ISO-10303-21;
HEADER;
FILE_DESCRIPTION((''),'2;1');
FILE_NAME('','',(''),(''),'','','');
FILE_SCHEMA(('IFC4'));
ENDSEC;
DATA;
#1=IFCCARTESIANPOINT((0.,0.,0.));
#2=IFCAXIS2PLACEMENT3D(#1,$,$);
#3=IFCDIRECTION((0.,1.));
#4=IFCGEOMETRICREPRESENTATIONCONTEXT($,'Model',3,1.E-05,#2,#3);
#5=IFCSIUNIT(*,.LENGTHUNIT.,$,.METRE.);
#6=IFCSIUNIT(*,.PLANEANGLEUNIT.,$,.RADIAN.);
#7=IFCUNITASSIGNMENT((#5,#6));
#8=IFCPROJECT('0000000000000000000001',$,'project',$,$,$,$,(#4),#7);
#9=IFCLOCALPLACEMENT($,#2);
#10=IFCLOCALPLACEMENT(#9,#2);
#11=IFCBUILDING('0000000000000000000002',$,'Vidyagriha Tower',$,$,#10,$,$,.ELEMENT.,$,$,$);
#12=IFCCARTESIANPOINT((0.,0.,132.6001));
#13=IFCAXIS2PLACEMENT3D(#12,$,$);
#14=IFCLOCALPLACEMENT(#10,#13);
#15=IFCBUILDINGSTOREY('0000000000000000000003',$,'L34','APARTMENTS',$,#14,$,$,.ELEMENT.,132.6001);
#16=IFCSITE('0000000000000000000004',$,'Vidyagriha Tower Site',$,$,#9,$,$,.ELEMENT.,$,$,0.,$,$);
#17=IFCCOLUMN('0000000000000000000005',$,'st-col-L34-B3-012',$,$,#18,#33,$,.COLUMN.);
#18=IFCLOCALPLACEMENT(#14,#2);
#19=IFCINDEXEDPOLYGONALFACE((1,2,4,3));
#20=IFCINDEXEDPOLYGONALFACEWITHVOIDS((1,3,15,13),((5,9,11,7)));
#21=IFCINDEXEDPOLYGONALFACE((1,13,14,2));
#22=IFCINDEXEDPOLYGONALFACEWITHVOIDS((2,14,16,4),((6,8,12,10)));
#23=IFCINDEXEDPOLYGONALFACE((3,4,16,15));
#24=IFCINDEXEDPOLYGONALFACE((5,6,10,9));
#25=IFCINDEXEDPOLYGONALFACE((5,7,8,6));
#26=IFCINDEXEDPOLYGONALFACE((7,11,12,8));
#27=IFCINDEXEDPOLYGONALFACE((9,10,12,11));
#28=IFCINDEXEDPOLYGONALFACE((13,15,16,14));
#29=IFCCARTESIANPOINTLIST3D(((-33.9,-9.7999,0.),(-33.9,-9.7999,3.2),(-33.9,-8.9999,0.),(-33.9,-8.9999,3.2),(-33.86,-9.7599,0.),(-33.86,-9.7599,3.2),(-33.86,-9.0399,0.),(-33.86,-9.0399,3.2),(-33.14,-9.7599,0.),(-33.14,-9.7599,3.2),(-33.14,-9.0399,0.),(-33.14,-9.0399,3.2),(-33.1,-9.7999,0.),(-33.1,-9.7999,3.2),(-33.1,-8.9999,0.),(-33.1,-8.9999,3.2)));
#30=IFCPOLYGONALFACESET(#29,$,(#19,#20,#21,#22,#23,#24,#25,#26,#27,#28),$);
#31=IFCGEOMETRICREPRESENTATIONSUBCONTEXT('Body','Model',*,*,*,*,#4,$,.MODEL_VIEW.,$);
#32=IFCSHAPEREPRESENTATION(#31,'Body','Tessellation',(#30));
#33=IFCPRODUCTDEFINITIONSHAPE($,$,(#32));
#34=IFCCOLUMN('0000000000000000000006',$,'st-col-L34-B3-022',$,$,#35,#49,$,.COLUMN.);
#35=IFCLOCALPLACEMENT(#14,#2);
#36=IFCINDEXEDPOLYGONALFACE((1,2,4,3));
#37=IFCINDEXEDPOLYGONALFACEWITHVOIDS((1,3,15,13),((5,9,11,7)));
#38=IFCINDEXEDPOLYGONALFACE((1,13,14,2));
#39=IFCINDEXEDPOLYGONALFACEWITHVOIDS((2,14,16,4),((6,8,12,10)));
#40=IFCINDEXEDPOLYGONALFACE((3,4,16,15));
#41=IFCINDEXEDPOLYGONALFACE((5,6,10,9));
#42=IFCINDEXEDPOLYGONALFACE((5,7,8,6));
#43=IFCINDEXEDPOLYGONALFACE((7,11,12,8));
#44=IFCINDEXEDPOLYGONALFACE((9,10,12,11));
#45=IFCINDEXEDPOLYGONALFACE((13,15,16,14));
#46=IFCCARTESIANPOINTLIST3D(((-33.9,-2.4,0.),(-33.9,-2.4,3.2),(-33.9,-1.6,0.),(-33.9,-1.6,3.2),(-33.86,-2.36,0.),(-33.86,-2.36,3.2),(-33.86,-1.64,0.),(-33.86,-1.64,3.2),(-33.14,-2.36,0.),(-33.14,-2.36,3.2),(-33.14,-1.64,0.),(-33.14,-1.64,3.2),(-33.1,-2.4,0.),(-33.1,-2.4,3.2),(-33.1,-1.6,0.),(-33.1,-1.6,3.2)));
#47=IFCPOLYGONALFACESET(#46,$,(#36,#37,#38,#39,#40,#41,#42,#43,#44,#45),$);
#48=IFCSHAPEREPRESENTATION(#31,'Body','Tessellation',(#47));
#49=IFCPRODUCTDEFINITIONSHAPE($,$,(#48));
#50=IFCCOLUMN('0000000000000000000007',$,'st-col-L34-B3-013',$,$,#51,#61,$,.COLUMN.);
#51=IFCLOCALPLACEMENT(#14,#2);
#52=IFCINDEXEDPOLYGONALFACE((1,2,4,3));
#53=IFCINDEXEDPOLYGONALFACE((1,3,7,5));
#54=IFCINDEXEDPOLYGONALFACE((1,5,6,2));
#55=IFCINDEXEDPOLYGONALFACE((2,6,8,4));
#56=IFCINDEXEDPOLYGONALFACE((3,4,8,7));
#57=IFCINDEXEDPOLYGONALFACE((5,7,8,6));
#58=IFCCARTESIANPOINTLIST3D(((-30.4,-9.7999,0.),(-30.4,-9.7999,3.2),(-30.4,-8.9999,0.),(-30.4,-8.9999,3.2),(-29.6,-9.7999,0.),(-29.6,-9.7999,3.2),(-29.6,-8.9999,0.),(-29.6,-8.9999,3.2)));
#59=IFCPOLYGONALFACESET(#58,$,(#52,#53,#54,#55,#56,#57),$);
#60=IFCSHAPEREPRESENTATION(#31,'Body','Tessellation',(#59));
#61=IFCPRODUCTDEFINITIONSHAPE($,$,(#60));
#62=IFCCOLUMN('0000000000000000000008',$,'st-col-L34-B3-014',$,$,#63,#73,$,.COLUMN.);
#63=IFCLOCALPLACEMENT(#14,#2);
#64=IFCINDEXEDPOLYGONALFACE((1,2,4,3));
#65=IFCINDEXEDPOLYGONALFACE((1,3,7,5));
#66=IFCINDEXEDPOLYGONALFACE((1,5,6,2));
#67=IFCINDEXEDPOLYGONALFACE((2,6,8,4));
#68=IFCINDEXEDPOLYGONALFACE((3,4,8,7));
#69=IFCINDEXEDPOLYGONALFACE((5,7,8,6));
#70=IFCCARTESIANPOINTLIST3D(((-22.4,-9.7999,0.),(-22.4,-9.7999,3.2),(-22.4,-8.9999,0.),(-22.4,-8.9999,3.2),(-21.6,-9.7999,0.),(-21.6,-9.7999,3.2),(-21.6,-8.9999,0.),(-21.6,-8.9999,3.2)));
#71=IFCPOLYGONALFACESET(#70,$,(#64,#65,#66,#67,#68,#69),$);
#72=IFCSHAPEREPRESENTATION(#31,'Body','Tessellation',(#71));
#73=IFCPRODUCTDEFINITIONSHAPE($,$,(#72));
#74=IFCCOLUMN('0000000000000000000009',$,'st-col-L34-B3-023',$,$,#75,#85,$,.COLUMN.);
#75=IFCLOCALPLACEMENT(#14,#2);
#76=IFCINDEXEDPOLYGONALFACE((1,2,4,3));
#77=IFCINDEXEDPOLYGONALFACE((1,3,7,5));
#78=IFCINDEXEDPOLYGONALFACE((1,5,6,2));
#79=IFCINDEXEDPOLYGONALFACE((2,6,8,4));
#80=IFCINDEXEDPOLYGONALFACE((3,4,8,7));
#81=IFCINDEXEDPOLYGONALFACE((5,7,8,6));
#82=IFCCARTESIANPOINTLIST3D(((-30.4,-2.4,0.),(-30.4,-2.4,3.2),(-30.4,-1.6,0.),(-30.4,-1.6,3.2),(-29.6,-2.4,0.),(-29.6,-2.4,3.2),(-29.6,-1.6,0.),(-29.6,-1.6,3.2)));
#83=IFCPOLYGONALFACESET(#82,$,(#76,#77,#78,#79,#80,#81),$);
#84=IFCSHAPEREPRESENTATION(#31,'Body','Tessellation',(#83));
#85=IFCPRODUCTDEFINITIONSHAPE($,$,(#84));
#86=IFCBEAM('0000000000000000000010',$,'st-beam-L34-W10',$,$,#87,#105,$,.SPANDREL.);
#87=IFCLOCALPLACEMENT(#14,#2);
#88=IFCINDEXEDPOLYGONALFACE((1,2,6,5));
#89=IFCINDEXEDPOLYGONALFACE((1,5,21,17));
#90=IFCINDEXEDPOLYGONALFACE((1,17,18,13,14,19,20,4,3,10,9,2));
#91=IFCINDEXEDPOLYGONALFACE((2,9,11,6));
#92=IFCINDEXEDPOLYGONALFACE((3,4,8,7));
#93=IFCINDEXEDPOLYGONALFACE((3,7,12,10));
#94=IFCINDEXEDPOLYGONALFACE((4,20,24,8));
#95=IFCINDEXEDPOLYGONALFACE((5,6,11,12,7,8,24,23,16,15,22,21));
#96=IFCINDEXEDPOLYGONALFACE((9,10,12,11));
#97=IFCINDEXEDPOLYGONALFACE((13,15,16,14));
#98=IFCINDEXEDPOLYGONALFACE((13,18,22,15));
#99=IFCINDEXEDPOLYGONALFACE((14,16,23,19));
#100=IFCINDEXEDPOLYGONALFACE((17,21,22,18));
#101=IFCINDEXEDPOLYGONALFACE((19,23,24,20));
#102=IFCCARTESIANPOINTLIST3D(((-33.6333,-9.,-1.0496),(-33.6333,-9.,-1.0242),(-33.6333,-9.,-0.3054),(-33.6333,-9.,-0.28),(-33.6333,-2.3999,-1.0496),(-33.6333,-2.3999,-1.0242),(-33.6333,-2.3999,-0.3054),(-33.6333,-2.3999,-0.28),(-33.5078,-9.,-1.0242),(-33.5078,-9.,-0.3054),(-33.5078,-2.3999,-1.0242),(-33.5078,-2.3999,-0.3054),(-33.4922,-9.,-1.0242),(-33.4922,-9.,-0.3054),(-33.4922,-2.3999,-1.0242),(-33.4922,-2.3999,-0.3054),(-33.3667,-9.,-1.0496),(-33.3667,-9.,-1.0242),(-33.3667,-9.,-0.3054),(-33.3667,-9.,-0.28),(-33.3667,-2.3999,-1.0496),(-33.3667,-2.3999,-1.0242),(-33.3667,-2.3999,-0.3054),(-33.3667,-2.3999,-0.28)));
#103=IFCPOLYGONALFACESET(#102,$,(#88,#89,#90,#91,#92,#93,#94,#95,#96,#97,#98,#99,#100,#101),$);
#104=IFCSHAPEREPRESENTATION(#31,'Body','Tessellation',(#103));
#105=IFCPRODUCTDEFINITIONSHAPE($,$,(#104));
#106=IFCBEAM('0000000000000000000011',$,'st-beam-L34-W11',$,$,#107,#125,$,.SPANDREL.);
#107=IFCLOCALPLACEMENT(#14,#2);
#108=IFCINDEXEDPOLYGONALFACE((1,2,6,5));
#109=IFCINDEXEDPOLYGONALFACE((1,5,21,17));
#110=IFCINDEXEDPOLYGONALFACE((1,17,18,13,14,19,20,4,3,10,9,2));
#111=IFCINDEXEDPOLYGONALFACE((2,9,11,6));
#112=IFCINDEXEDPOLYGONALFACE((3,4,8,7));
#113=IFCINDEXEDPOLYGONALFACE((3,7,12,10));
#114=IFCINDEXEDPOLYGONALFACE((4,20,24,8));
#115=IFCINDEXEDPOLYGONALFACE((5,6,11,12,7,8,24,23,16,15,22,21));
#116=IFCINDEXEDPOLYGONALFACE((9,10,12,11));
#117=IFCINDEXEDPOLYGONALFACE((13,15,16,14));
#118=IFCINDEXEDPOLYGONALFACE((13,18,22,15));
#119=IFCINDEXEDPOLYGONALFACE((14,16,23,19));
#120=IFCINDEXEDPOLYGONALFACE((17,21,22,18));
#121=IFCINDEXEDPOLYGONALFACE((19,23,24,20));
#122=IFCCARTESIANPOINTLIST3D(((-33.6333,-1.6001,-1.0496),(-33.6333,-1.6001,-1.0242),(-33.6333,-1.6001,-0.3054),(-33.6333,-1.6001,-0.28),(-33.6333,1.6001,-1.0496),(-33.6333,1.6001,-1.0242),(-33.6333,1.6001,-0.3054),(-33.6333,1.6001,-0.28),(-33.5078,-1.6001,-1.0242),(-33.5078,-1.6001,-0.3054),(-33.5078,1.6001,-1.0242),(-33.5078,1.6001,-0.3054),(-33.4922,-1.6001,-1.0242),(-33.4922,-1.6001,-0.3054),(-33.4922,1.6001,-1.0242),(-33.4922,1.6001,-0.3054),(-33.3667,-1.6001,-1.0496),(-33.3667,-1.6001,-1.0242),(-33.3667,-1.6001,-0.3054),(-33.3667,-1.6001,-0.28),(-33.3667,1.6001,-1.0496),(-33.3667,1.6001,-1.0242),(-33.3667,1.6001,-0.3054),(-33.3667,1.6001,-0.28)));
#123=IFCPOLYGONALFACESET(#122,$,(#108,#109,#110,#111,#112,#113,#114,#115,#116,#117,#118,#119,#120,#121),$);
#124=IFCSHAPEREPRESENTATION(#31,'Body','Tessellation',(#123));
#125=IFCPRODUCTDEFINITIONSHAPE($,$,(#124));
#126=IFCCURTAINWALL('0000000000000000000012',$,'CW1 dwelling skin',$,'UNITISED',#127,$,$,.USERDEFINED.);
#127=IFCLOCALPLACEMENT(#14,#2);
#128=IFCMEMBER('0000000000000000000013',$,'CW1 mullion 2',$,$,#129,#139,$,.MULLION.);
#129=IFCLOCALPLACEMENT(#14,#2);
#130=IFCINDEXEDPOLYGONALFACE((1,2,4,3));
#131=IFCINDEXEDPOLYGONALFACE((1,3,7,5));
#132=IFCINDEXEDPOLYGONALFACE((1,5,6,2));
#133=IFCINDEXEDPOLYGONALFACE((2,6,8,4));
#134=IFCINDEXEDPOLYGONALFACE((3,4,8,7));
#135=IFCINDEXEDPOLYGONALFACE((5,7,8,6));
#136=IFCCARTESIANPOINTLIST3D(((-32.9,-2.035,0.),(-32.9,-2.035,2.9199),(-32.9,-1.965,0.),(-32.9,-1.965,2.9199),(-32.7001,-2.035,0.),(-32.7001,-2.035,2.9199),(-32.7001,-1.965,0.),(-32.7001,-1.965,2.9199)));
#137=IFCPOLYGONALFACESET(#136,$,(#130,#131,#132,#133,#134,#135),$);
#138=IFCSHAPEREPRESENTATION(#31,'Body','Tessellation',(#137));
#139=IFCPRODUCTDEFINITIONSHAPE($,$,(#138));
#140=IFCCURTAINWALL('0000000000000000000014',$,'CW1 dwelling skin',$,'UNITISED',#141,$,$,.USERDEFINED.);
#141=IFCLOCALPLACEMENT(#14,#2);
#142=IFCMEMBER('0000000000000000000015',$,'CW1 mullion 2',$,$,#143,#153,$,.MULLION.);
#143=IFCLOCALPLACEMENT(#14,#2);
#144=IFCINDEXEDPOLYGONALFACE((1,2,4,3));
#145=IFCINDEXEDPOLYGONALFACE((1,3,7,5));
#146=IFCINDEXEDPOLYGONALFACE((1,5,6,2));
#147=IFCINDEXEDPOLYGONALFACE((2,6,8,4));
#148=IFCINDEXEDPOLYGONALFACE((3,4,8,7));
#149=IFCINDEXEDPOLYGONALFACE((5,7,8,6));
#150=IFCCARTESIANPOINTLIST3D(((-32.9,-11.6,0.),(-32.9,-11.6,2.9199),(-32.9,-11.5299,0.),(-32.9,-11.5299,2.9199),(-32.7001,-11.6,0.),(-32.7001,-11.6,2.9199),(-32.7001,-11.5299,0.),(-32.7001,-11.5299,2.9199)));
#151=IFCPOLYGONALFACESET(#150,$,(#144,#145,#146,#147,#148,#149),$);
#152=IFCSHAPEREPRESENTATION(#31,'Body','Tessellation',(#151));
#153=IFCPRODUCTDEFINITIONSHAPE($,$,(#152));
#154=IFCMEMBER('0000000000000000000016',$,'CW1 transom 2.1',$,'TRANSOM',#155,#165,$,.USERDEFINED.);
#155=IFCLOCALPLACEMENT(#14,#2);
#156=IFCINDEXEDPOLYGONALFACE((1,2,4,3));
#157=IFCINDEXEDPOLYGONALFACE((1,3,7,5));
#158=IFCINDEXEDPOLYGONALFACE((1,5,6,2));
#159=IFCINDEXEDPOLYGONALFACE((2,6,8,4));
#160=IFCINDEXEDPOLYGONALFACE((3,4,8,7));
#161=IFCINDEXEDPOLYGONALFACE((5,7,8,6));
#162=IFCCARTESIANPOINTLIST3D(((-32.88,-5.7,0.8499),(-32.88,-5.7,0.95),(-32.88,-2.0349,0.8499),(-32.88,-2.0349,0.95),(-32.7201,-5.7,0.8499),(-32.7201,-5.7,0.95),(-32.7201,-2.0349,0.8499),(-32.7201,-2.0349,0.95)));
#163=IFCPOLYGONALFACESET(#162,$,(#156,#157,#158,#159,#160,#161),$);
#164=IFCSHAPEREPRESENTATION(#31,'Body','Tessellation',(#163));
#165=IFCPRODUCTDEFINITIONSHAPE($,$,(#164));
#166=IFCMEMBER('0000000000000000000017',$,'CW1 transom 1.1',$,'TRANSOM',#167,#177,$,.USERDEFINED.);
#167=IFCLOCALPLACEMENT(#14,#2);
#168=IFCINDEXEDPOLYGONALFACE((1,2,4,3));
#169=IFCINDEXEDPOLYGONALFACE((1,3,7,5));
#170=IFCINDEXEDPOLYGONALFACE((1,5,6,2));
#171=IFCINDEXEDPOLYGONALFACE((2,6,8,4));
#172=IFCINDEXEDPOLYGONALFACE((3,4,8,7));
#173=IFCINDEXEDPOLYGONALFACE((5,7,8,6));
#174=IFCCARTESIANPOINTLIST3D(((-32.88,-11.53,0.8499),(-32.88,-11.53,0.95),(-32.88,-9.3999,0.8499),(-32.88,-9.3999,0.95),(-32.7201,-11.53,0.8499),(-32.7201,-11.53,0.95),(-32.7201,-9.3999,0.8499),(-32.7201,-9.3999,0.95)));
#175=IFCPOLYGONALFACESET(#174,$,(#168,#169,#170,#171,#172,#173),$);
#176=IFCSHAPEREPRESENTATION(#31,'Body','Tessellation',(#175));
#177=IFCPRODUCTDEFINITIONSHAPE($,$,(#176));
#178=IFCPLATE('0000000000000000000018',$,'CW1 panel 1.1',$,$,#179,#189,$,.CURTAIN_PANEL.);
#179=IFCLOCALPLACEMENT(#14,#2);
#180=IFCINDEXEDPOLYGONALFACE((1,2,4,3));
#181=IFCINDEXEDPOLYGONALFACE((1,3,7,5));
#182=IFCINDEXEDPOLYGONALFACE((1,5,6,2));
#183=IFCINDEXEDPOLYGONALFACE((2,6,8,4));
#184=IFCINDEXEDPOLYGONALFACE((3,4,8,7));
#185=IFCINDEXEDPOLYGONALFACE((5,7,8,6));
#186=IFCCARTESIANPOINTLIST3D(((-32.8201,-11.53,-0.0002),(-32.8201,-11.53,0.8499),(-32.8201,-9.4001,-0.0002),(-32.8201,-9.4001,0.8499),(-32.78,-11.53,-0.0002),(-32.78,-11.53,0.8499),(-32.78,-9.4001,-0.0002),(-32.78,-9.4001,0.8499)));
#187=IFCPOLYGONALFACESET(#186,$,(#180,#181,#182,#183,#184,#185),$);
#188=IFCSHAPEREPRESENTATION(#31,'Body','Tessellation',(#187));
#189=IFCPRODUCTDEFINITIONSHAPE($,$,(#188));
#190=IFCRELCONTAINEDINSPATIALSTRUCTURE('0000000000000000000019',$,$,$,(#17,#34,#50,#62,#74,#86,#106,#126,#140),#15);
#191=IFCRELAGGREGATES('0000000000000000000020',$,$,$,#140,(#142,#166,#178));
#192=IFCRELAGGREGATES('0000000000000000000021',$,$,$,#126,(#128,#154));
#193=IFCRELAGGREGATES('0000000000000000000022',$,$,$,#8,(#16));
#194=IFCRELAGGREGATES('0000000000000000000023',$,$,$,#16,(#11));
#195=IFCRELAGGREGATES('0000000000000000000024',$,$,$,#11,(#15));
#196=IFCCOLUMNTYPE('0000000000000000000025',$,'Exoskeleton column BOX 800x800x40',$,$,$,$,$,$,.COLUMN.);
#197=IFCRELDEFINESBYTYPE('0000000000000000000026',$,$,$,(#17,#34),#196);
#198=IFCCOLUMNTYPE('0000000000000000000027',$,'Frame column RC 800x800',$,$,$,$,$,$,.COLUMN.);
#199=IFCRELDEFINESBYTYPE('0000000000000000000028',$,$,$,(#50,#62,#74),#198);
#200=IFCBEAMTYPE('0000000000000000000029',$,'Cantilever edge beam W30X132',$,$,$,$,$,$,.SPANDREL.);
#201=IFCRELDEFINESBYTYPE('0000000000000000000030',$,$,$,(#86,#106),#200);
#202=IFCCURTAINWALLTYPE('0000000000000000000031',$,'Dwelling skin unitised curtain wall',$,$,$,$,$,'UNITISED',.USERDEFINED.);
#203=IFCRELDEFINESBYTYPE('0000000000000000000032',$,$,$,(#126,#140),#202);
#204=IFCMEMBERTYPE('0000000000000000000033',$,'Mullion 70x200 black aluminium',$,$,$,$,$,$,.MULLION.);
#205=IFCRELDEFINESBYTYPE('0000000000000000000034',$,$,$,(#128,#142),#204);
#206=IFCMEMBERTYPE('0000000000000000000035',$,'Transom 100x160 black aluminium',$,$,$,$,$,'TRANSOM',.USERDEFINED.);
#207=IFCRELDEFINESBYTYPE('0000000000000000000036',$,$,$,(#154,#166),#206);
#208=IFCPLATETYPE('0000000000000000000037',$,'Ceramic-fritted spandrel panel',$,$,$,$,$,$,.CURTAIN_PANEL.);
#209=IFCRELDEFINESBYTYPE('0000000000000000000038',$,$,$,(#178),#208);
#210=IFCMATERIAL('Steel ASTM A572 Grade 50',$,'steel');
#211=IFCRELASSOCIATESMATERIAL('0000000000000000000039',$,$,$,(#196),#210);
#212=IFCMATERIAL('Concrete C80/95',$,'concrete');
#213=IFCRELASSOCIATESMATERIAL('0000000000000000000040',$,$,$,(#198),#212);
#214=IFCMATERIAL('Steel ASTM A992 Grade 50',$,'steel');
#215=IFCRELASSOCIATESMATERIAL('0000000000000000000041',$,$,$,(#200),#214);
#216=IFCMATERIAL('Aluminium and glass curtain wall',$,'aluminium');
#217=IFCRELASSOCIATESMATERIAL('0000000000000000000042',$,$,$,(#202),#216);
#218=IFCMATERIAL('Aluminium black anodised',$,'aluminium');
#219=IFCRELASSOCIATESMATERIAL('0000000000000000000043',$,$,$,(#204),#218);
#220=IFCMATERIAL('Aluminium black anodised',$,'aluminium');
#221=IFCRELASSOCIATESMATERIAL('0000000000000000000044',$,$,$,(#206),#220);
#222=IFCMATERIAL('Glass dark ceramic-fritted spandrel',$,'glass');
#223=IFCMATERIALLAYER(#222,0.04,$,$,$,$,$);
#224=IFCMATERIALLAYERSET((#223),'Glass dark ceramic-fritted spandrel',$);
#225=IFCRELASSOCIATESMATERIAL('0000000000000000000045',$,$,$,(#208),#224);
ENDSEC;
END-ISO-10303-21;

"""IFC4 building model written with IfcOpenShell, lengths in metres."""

from ifc_helpers import new_model, si_unit, direction, frame, origin, origin_2d, place, context, subcontext, project, spatial, rectangle, hollow_rectangle, i_section, extrude, material, layer, layer_set, material_profile, profile_set, type_object, element, aggregate, save


model = new_model("IFC4")

# Units and contexts
model_context = context("Model", 3, precision=1e-05, world=origin(), true_north=direction((0.0, 1.0)))
body_context = subcontext(model_context, "Body", "Model", "MODEL_VIEW")
ifc_project = project(units=[si_unit("LENGTHUNIT", "METRE"), si_unit("PLANEANGLEUNIT", "RADIAN")], contexts=[model_context])

# Site, building, storey
site_placement = place(None, origin())
site = spatial("IfcSite", under=ifc_project, at=site_placement, Name="Vidyagriha Tower Site", CompositionType="ELEMENT", RefElevation=0.0)
building_placement = place(site_placement, origin())
building = spatial("IfcBuilding", under=site, at=building_placement, Name="Vidyagriha Tower", CompositionType="ELEMENT")
storey_placement = place(building_placement, frame((0.0, 0.0, 132.6001)))
storey = spatial("IfcBuildingStorey", under=building, at=storey_placement, Name="L34", Description="APARTMENTS", CompositionType="ELEMENT", Elevation=132.6001)

# Columns
ifc_material_1 = material(Name="Steel ASTM A572 Grade 50", Category="steel")
ifc_material_profile_1 = material_profile(ifc_material_1, hollow_rectangle(XDim=0.8, YDim=0.8, WallThickness=0.04, at=origin_2d()), Name="BOX 800x800x40")
ifc_profile_set_1 = profile_set([ifc_material_profile_1], Name="Steel ASTM A572 Grade 50")
column_type_1 = type_object("IfcColumnType", Name="Exoskeleton column BOX 800x800x40", PredefinedType="COLUMN", material=ifc_profile_set_1)
for number, where, name in (
    (1, (-33.5, -9.3999, 0.0), "st-col-L34-B3-012"),
    (2, (-33.5, -2.0, 0.0), "st-col-L34-B3-022"),
):
    element("IfcColumn", number, at=place(storey_placement, frame(where)), inside=storey, type_object=column_type_1, Name=name, PredefinedType="COLUMN", context=body_context, shape_type="SweptSolid", body=[
        extrude(hollow_rectangle(XDim=0.8, YDim=0.8, WallThickness=0.04, at=origin_2d()), origin(), (0.0, 0.0, 1.0), 3.2),
    ])
ifc_material_2 = material(Name="Concrete C80/95", Category="concrete")
ifc_material_profile_2 = material_profile(ifc_material_2, rectangle(XDim=0.8, YDim=0.8, at=origin_2d()), Name="RC 800x800")
ifc_profile_set_2 = profile_set([ifc_material_profile_2], Name="Concrete C80/95")
column_type_2 = type_object("IfcColumnType", Name="Frame column RC 800x800", PredefinedType="COLUMN", material=ifc_profile_set_2)
for number, where, name in (
    (3, (-30.0, -9.3999, 0.0), "st-col-L34-B3-013"),
    (4, (-22.0, -9.3999, 0.0), "st-col-L34-B3-014"),
    (5, (-30.0, -2.0, 0.0), "st-col-L34-B3-023"),
):
    element("IfcColumn", number, at=place(storey_placement, frame(where)), inside=storey, type_object=column_type_2, Name=name, PredefinedType="COLUMN", context=body_context, shape_type="SweptSolid", body=[
        extrude(rectangle(XDim=0.8, YDim=0.8, at=origin_2d()), origin(), (0.0, 0.0, 1.0), 3.2),
    ])

# Beams
ifc_material_3 = material(Name="Steel ASTM A992 Grade 50", Category="steel")
ifc_material_profile_3 = material_profile(ifc_material_3, i_section(OverallWidth=0.2666, OverallDepth=0.7695, WebThickness=0.0156, FlangeThickness=0.0254, at=origin_2d()), Name="W30X132")
ifc_profile_set_3 = profile_set([ifc_material_profile_3], Name="Steel ASTM A992 Grade 50")
beam_type = type_object("IfcBeamType", Name="Cantilever edge beam W30X132", PredefinedType="SPANDREL", material=ifc_profile_set_3)
beam_1_placement = place(storey_placement, frame((-33.5, -9.0, -0.6648), z_axis=(0.0, 1.0, 0.0), x_axis=(-1.0, 0.0, 0.0)))
element("IfcBeam", 6, at=beam_1_placement, inside=storey, type_object=beam_type, Name="st-beam-L34-W10", PredefinedType="SPANDREL", context=body_context, shape_type="SweptSolid", body=[
    extrude(i_section(OverallWidth=0.2666, OverallDepth=0.7695, WebThickness=0.0156, FlangeThickness=0.0254, at=origin_2d()), origin(), (0.0, 0.0, 1.0), 6.6001),
])
beam_2_placement = place(storey_placement, frame((-33.5, -1.6001, -0.6648), z_axis=(0.0, 1.0, 0.0), x_axis=(-1.0, 0.0, 0.0)))
element("IfcBeam", 7, at=beam_2_placement, inside=storey, type_object=beam_type, Name="st-beam-L34-W11", PredefinedType="SPANDREL", context=body_context, shape_type="SweptSolid", body=[
    extrude(i_section(OverallWidth=0.2666, OverallDepth=0.7695, WebThickness=0.0156, FlangeThickness=0.0254, at=origin_2d()), origin(), (0.0, 0.0, 1.0), 3.2002),
])

# Curtain walls, members
ifc_material_4 = material(Name="Aluminium and glass curtain wall", Category="aluminium")
curtain_wall_type = type_object("IfcCurtainWallType", Name="Dwelling skin unitised curtain wall", ElementType="UNITISED", PredefinedType="USERDEFINED", material=ifc_material_4)
curtain_wall_1_placement = place(storey_placement, origin())
curtain_wall_1 = element("IfcCurtainWall", 8, at=curtain_wall_1_placement, inside=storey, type_object=curtain_wall_type, Name="CW1 dwelling skin", ObjectType="UNITISED", PredefinedType="USERDEFINED")
ifc_material_5 = material(Name="Aluminium black anodised", Category="aluminium")
ifc_material_profile_4 = material_profile(ifc_material_5, rectangle(XDim=0.2, YDim=0.0701, at=origin_2d()), Name="Mullion 70x200 black aluminium")
ifc_profile_set_4 = profile_set([ifc_material_profile_4], Name="Aluminium black anodised")
member_type_1 = type_object("IfcMemberType", Name="Mullion 70x200 black aluminium", PredefinedType="MULLION", material=ifc_profile_set_4)
member_1_placement = place(storey_placement, frame((-32.8, -2.0, 0.0)))
member_1 = element("IfcMember", 9, at=member_1_placement, type_object=member_type_1, Name="CW1 mullion 2", PredefinedType="MULLION", context=body_context, shape_type="SweptSolid", body=[
    extrude(rectangle(XDim=0.2, YDim=0.0701, at=origin_2d()), origin(), (0.0, 0.0, 1.0), 2.9199),
])
curtain_wall_2_placement = place(storey_placement, origin())
curtain_wall_2 = element("IfcCurtainWall", 10, at=curtain_wall_2_placement, inside=storey, type_object=curtain_wall_type, Name="CW1 dwelling skin", ObjectType="UNITISED", PredefinedType="USERDEFINED")
member_2_placement = place(storey_placement, frame((-32.8, -11.5649, 0.0)))
member_2 = element("IfcMember", 11, at=member_2_placement, type_object=member_type_1, Name="CW1 mullion 2", PredefinedType="MULLION", context=body_context, shape_type="SweptSolid", body=[
    extrude(rectangle(XDim=0.2, YDim=0.0701, at=origin_2d()), origin(), (0.0, 0.0, 1.0), 2.9199),
])

# Members
ifc_material_6 = material(Name="Aluminium black anodised", Category="aluminium")
ifc_material_profile_5 = material_profile(ifc_material_6, rectangle(XDim=0.1599, YDim=0.1001, at=origin_2d()), Name="Transom 100x160 black aluminium")
ifc_profile_set_5 = profile_set([ifc_material_profile_5], Name="Aluminium black anodised")
member_type_2 = type_object("IfcMemberType", Name="Transom 100x160 black aluminium", ElementType="TRANSOM", PredefinedType="USERDEFINED", material=ifc_profile_set_5)
member_3_placement = place(storey_placement, frame((-32.8, -2.0349, 0.8999), z_axis=(0.0, -1.0, 0.0), x_axis=(1.0, 0.0, 0.0)))
member_3 = element("IfcMember", 12, at=member_3_placement, type_object=member_type_2, Name="CW1 transom 2.1", ObjectType="TRANSOM", PredefinedType="USERDEFINED", context=body_context, shape_type="SweptSolid", body=[
    extrude(rectangle(XDim=0.1599, YDim=0.1001, at=origin_2d()), origin(), (0.0, 0.0, 1.0), 3.665),
])
member_4_placement = place(storey_placement, frame((-32.8, -9.3999, 0.8999), z_axis=(0.0, -1.0, 0.0), x_axis=(1.0, 0.0, 0.0)))
member_4 = element("IfcMember", 13, at=member_4_placement, type_object=member_type_2, Name="CW1 transom 1.1", ObjectType="TRANSOM", PredefinedType="USERDEFINED", context=body_context, shape_type="SweptSolid", body=[
    extrude(rectangle(XDim=0.1599, YDim=0.1001, at=origin_2d()), origin(), (0.0, 0.0, 1.0), 2.1301),
])

# Plate
ifc_material_7 = material(Name="Glass dark ceramic-fritted spandrel", Category="glass")
ifc_layer_1 = layer(ifc_material_7, 0.04)
ifc_layer_set_1 = layer_set([ifc_layer_1], Name="Glass dark ceramic-fritted spandrel")
plate_type_1 = type_object("IfcPlateType", Name="Ceramic-fritted spandrel panel", PredefinedType="CURTAIN_PANEL", material=ifc_layer_set_1)
plate_1_placement = place(storey_placement, frame((-32.8, -10.4651, -0.0002), z_axis=(0.0, 0.0, 1.0), x_axis=(0.0, -1.0, 0.0)))
plate_1 = element("IfcPlate", 14, at=plate_1_placement, type_object=plate_type_1, Name="CW1 panel 1.1", PredefinedType="CURTAIN_PANEL", context=body_context, shape_type="SweptSolid", body=[
    extrude(rectangle(XDim=2.1299, YDim=0.04, at=origin_2d()), origin(), (0.0, 0.0, 1.0), 0.8501),
])
aggregate(curtain_wall_2, [member_2, member_4, plate_1])
aggregate(curtain_wall_1, [member_1, member_3])

save(model, "model.ifc")
